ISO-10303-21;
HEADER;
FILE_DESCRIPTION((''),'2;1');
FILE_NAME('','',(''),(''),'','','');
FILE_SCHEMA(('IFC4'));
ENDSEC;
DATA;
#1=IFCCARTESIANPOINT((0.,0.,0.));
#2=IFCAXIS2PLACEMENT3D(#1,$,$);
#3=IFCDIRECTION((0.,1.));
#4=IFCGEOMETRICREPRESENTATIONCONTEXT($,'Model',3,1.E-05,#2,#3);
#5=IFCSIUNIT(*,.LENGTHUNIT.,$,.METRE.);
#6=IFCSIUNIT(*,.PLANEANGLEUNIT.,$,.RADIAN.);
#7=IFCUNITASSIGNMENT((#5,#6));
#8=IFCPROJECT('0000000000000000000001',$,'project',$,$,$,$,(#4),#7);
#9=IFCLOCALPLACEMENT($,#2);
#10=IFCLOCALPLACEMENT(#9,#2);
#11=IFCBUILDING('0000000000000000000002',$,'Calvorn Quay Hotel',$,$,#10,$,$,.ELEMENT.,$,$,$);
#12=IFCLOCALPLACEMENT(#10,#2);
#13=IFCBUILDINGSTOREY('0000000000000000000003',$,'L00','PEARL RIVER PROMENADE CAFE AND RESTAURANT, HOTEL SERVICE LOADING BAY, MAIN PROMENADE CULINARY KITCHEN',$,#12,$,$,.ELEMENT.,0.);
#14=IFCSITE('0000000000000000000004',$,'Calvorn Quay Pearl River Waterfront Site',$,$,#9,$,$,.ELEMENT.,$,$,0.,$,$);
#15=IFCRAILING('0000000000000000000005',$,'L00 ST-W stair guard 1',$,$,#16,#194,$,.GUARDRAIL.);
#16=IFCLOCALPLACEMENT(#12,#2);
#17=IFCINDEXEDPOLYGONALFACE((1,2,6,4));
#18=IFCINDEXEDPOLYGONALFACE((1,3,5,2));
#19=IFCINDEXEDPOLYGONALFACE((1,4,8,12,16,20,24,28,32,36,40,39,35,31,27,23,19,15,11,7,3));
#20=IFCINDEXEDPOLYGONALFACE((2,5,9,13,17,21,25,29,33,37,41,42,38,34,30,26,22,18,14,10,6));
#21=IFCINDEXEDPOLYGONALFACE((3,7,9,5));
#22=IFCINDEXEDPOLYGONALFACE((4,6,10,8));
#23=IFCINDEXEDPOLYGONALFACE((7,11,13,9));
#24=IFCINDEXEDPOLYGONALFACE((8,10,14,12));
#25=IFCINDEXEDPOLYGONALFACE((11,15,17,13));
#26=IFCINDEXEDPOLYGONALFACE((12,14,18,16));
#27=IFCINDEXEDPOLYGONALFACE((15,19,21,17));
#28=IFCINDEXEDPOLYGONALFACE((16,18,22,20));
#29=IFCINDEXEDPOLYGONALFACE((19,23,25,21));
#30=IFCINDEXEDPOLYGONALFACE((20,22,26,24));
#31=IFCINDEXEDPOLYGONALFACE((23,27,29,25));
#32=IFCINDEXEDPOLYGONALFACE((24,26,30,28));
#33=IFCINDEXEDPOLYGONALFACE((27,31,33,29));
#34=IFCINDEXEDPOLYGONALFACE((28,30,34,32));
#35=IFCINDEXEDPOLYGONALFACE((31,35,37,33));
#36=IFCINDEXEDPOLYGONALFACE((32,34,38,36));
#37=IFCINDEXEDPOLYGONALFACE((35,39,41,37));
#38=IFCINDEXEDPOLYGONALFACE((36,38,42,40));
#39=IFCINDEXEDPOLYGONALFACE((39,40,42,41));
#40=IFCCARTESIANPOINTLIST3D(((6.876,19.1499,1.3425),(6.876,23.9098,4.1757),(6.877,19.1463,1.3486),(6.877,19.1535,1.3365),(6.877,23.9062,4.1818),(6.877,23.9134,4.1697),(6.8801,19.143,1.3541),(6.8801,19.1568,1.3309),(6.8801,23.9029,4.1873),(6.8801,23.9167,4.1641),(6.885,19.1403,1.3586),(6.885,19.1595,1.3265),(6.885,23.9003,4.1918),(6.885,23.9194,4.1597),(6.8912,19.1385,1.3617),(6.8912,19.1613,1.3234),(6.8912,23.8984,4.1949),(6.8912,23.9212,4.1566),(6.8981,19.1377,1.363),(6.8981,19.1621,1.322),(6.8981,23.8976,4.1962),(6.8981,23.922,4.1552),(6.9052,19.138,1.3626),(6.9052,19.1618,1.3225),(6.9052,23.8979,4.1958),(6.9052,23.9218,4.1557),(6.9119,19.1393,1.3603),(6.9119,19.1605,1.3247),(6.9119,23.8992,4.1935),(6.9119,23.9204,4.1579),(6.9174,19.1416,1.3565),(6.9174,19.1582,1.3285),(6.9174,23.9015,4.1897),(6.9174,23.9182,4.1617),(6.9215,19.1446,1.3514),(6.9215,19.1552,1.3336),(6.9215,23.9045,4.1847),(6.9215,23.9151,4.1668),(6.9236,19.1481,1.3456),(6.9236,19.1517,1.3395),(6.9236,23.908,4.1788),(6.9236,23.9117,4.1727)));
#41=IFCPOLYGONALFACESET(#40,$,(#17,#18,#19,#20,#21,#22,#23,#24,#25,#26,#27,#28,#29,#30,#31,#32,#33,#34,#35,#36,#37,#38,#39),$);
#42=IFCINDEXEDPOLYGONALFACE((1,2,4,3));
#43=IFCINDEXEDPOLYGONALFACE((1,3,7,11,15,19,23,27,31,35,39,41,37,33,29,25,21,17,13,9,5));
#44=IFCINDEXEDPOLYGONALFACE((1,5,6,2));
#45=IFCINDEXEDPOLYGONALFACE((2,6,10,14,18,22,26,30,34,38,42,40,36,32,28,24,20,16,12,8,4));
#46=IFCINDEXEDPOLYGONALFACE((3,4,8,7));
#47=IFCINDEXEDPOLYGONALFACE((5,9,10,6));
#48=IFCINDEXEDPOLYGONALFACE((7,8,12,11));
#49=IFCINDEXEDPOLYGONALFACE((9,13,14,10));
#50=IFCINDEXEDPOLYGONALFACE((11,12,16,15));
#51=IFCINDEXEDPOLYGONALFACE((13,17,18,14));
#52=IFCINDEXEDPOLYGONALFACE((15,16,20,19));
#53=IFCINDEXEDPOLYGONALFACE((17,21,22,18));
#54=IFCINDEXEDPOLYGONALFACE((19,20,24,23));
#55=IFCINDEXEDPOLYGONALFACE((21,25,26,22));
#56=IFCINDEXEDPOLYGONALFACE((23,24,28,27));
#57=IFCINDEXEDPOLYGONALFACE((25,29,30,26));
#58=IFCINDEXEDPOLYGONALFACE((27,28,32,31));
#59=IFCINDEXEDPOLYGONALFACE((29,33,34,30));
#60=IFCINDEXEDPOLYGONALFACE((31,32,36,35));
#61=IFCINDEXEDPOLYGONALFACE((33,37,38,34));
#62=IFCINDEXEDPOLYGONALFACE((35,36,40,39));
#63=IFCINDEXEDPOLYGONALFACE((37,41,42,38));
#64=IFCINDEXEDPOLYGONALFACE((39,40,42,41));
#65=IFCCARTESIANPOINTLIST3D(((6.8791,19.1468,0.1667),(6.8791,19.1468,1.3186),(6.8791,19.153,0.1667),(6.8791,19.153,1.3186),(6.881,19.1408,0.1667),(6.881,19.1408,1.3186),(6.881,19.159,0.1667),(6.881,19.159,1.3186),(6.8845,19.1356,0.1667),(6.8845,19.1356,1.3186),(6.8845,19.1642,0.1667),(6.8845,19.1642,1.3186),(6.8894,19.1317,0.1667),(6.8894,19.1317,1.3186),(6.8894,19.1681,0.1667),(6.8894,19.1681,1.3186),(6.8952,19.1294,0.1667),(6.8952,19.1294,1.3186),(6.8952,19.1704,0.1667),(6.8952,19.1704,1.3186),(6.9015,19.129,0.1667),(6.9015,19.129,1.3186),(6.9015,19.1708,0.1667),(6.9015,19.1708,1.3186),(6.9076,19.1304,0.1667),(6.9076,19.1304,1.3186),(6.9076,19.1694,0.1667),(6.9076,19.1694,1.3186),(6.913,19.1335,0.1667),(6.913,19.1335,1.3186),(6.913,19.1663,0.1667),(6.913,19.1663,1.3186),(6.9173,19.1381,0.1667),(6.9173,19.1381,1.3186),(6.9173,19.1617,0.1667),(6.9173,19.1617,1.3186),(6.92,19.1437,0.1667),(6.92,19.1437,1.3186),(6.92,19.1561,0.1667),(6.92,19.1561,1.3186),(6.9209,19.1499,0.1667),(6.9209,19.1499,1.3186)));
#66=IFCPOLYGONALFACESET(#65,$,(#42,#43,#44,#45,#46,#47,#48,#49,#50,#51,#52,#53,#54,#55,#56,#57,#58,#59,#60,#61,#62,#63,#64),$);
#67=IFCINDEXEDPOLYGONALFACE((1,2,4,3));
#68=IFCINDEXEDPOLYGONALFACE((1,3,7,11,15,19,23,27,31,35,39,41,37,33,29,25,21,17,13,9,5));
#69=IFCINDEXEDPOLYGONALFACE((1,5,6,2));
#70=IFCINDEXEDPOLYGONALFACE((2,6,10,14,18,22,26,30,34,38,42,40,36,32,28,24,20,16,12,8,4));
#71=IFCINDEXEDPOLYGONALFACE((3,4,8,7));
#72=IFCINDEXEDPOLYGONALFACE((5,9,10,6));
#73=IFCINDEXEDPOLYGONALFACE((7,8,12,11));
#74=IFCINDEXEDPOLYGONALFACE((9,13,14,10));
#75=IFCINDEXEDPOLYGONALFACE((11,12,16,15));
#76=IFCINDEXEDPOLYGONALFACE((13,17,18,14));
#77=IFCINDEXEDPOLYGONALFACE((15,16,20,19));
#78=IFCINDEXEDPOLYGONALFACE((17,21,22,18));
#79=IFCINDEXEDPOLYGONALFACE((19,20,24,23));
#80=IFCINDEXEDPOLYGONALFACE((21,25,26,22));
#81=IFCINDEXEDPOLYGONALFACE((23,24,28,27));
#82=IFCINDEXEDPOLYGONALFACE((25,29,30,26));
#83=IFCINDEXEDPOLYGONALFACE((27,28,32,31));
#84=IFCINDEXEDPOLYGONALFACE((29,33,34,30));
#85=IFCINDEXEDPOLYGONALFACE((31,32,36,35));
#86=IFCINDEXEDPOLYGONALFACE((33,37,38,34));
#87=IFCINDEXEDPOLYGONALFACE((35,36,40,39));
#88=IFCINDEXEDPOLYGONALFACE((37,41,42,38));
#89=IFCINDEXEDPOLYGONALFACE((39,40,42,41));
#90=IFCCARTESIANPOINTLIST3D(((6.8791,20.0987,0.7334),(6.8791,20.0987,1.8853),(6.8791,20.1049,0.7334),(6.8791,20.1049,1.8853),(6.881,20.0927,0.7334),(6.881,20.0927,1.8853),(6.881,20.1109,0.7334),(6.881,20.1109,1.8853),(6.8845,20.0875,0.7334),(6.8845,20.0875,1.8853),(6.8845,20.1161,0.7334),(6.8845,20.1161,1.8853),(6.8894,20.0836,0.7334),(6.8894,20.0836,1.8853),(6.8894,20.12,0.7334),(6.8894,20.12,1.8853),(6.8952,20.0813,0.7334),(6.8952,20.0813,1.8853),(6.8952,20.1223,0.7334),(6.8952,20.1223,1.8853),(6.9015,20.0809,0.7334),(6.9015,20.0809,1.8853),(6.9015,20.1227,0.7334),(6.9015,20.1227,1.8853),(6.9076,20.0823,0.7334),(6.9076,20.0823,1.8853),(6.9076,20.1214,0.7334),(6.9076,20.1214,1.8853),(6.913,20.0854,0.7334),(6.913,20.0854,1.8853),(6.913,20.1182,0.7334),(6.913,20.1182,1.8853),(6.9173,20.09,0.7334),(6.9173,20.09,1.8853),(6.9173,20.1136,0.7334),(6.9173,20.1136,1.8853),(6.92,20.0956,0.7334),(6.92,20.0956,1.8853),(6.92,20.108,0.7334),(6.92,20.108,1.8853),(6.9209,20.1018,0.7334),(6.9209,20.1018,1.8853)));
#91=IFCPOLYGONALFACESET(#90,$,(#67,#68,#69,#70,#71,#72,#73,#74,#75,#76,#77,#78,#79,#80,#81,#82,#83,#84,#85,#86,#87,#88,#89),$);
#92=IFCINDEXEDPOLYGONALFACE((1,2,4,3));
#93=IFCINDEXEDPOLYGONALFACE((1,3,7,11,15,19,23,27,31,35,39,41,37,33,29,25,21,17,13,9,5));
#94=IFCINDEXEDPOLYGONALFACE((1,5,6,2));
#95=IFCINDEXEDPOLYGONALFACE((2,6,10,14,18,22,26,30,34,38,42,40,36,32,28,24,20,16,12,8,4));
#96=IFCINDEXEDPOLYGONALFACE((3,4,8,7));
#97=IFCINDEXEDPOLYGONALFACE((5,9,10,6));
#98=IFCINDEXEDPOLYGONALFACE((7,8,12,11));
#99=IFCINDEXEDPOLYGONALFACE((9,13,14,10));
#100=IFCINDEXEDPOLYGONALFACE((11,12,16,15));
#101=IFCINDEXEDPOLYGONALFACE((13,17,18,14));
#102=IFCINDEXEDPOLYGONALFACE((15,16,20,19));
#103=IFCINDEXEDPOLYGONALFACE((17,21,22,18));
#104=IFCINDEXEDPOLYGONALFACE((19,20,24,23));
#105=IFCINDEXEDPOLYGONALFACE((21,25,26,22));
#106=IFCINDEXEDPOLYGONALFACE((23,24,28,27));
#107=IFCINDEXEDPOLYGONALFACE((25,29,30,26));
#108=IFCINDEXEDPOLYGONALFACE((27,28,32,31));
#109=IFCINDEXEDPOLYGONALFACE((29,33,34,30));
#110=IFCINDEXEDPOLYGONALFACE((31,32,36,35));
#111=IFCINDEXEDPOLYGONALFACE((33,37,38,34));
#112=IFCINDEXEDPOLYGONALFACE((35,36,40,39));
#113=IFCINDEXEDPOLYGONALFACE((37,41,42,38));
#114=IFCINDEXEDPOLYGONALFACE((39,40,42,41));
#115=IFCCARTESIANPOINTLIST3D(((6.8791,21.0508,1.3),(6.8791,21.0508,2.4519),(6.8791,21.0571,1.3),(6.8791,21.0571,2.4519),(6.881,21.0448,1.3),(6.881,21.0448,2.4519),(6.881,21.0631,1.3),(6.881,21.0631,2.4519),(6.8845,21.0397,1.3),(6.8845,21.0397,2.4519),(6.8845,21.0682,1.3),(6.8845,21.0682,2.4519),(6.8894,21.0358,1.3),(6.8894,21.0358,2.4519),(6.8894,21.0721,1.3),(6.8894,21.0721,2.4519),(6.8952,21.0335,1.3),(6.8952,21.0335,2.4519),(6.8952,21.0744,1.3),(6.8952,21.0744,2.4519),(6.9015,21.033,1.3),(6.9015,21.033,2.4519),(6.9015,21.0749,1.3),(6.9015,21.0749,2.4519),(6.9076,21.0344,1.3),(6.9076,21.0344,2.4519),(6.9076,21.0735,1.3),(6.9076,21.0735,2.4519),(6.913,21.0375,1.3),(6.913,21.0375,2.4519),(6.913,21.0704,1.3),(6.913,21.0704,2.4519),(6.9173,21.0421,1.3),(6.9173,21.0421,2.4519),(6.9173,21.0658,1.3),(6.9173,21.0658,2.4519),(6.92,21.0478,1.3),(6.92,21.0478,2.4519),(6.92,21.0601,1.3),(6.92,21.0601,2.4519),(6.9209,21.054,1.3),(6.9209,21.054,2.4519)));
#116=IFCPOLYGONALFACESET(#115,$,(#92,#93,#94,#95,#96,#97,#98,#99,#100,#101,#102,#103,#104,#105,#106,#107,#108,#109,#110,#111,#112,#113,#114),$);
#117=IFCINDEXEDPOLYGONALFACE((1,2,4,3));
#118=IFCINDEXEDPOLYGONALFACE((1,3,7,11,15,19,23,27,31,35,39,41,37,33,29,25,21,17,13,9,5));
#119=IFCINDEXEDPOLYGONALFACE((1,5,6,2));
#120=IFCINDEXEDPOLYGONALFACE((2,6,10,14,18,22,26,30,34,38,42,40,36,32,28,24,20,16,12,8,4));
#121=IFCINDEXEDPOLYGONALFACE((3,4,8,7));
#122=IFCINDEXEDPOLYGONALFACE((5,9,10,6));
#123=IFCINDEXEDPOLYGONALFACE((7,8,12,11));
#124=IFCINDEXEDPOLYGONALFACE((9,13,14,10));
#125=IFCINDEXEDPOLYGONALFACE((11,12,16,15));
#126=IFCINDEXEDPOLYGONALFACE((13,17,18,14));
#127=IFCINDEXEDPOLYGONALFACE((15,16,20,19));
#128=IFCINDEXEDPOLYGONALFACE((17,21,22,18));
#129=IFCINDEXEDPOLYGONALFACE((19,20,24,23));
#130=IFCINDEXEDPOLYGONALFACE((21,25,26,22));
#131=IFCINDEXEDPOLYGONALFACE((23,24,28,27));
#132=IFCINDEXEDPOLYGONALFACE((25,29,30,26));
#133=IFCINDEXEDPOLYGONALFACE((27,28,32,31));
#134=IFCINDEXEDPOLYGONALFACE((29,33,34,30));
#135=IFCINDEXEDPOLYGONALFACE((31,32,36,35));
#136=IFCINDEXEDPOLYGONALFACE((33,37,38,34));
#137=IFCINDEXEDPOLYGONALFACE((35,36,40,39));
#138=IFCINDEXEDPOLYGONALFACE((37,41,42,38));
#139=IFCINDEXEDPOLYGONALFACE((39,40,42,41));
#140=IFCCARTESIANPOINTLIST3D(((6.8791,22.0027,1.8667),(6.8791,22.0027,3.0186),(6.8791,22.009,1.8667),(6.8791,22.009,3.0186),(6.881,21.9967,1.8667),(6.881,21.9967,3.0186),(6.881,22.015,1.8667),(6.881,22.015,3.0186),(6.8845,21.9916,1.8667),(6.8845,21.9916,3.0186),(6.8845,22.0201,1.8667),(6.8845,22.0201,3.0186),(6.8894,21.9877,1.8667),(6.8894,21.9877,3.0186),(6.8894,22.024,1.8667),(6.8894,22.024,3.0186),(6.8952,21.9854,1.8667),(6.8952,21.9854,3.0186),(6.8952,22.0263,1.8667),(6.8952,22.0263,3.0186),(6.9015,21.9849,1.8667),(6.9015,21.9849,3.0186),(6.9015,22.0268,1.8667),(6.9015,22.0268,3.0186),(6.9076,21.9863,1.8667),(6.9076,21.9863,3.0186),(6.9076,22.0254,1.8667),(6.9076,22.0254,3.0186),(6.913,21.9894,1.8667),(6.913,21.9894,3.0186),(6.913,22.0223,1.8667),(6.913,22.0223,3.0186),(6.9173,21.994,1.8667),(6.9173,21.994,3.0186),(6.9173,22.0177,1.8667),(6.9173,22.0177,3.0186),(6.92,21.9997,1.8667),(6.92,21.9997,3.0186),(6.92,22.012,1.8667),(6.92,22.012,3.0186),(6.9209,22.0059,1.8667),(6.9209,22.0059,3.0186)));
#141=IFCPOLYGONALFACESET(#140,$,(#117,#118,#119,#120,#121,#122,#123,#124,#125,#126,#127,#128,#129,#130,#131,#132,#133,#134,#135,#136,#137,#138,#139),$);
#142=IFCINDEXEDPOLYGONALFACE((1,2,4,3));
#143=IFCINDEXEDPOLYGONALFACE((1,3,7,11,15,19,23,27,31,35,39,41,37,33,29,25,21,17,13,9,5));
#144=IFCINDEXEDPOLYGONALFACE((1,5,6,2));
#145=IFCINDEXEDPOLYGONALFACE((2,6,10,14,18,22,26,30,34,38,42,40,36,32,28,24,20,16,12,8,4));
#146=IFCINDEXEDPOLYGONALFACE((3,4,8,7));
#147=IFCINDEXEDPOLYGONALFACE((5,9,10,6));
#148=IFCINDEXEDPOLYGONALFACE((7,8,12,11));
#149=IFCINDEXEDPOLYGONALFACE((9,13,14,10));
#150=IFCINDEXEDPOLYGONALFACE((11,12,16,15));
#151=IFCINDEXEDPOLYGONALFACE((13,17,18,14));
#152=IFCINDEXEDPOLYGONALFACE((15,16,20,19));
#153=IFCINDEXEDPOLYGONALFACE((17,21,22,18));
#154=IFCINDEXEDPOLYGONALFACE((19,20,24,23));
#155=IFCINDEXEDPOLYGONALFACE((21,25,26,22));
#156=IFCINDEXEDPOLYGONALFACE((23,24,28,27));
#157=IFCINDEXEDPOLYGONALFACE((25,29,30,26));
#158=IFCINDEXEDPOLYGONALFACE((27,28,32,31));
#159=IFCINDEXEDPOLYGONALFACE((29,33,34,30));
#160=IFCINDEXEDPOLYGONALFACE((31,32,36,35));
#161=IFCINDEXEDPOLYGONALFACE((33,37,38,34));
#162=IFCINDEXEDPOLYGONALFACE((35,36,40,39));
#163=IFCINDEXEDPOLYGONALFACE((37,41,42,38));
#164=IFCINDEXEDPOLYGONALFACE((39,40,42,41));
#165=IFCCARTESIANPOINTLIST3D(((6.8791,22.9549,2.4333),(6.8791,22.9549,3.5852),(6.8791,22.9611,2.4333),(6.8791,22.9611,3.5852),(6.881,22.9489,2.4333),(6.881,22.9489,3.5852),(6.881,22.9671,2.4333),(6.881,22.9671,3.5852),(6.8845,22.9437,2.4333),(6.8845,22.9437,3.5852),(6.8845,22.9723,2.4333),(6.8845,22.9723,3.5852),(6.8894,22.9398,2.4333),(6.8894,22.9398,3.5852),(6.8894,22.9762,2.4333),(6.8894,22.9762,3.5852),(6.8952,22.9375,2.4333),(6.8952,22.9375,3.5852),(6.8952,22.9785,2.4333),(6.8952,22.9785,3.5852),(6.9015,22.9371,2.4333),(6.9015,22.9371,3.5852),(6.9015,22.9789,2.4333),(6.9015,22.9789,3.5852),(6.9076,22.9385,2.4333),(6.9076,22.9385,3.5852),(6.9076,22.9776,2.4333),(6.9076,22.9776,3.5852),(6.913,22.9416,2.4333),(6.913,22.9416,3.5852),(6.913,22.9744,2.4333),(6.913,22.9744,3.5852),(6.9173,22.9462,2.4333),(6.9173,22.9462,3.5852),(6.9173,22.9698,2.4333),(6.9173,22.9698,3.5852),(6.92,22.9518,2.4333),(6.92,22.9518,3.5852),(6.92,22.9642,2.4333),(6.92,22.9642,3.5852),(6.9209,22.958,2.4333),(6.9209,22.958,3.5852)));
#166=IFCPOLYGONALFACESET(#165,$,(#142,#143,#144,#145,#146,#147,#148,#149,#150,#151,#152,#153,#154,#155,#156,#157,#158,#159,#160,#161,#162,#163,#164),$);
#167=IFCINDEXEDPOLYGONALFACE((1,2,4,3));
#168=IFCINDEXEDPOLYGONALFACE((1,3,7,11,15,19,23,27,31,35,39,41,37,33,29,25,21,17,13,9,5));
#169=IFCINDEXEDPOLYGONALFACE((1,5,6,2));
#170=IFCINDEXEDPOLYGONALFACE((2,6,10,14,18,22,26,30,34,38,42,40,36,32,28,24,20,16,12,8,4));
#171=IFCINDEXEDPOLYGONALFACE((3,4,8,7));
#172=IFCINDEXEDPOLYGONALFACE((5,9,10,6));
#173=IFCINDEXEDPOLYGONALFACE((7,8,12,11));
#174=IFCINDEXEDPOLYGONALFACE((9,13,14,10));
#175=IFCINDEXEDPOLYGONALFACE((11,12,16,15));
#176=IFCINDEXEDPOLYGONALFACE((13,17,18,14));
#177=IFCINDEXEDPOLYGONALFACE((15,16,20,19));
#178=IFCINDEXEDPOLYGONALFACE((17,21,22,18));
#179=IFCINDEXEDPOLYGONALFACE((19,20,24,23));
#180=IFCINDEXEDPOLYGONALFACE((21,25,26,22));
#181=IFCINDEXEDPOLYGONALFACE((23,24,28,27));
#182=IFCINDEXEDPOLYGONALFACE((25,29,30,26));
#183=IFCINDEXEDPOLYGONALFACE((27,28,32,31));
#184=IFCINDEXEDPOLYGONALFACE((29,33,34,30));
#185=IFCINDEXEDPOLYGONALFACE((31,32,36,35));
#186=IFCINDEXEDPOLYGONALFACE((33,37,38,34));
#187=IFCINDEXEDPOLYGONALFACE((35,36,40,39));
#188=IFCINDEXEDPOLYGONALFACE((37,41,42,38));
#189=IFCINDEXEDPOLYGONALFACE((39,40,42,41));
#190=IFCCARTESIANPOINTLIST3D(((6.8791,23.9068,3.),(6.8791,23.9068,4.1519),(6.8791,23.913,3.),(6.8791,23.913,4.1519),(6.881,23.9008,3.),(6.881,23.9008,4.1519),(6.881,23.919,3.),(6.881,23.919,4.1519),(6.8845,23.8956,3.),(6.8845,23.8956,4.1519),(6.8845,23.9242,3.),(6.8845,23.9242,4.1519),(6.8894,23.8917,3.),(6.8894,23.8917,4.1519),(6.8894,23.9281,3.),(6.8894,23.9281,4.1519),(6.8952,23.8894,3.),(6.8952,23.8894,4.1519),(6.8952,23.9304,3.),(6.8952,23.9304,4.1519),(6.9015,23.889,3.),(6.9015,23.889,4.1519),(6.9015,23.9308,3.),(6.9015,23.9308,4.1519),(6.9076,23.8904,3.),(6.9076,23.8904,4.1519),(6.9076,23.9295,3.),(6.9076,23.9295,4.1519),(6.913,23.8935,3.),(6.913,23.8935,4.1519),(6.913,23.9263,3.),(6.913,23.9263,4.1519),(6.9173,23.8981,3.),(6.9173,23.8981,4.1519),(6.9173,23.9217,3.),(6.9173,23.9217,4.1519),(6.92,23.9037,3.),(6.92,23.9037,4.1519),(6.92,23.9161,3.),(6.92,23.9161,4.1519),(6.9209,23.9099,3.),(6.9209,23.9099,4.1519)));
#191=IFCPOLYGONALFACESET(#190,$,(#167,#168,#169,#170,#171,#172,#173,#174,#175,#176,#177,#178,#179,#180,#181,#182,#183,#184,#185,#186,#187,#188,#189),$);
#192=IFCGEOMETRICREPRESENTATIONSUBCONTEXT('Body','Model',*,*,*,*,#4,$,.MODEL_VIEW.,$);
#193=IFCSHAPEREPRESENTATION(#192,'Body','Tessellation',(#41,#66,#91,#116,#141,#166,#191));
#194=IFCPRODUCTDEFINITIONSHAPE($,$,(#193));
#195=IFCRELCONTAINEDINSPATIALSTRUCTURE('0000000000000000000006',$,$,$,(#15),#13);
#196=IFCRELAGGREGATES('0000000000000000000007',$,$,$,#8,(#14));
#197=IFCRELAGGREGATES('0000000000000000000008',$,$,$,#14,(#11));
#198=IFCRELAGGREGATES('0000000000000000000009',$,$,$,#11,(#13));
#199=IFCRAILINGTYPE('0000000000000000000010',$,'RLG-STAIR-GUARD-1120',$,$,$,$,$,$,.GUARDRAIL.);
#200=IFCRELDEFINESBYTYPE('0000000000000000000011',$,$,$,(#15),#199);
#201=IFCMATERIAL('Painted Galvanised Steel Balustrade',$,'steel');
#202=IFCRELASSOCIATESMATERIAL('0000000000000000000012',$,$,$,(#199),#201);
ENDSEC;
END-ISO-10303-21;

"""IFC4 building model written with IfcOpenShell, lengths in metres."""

from ifc_helpers import new_model, si_unit, direction, frame, origin, origin_2d, place, context, subcontext, project, spatial, circle, extrude, material, type_object, element, save


model = new_model("IFC4")

# Units and contexts
model_context = context("Model", 3, precision=1e-05, world=origin(), true_north=direction((0.0, 1.0)))
body_context = subcontext(model_context, "Body", "Model", "MODEL_VIEW")
ifc_project = project(units=[si_unit("LENGTHUNIT", "METRE"), si_unit("PLANEANGLEUNIT", "RADIAN")], contexts=[model_context])

# Site, building, storey
site_placement = place(None, origin())
site = spatial("IfcSite", under=ifc_project, at=site_placement, Name="Calvorn Quay Pearl River Waterfront Site", CompositionType="ELEMENT", RefElevation=0.0)
building_placement = place(site_placement, origin())
building = spatial("IfcBuilding", under=site, at=building_placement, Name="Calvorn Quay Hotel", CompositionType="ELEMENT")
storey_placement = place(building_placement, origin())
storey = spatial("IfcBuildingStorey", under=building, at=storey_placement, Name="L00", Description="PEARL RIVER PROMENADE CAFE AND RESTAURANT, HOTEL SERVICE LOADING BAY, MAIN PROMENADE CULINARY KITCHEN", CompositionType="ELEMENT", Elevation=0.0)

# Railing
ifc_material_1 = material(Name="Painted Galvanised Steel Balustrade", Category="steel")
railing_type_1 = type_object("IfcRailingType", Name="RLG-STAIR-GUARD-1120", PredefinedType="GUARDRAIL", material=ifc_material_1)
railing_1_placement = place(storey_placement, frame((6.8999, 19.1499, 0.1667)))
element("IfcRailing", 1, at=railing_1_placement, inside=storey, type_object=railing_type_1, Name="L00 ST-W stair guard 1", PredefinedType="GUARDRAIL", context=body_context, shape_type="SweptSolid", body=[
    extrude(circle(Radius=0.0239, at=origin_2d()), frame((0.0, 0.0, 1.1758), z_axis=(0.0, 0.8593, 0.511472), x_axis=(-1.0, 0.0, 0.0)), (0.0, 0.0, 1.0), 5.5393),
    extrude(circle(Radius=0.021, at=origin_2d()), origin(), (0.0, 0.0, 1.0), 1.1519),
    extrude(circle(Radius=0.021, at=origin_2d()), frame((0.0, 0.9519, 0.5667)), (0.0, 0.0, 1.0), 1.1519),
    extrude(circle(Radius=0.021, at=origin_2d()), frame((0.0, 1.9041, 1.1333)), (0.0, 0.0, 1.0), 1.1519),
    extrude(circle(Radius=0.021, at=origin_2d()), frame((0.0, 2.856, 1.7)), (0.0, 0.0, 1.0), 1.1519),
    extrude(circle(Radius=0.021, at=origin_2d()), frame((0.0, 3.8081, 2.2666)), (0.0, 0.0, 1.0), 1.1519),
    extrude(circle(Radius=0.021, at=origin_2d()), frame((0.0, 4.76, 2.8333)), (0.0, 0.0, 1.0), 1.1519),
])

save(model, "model.ifc")
